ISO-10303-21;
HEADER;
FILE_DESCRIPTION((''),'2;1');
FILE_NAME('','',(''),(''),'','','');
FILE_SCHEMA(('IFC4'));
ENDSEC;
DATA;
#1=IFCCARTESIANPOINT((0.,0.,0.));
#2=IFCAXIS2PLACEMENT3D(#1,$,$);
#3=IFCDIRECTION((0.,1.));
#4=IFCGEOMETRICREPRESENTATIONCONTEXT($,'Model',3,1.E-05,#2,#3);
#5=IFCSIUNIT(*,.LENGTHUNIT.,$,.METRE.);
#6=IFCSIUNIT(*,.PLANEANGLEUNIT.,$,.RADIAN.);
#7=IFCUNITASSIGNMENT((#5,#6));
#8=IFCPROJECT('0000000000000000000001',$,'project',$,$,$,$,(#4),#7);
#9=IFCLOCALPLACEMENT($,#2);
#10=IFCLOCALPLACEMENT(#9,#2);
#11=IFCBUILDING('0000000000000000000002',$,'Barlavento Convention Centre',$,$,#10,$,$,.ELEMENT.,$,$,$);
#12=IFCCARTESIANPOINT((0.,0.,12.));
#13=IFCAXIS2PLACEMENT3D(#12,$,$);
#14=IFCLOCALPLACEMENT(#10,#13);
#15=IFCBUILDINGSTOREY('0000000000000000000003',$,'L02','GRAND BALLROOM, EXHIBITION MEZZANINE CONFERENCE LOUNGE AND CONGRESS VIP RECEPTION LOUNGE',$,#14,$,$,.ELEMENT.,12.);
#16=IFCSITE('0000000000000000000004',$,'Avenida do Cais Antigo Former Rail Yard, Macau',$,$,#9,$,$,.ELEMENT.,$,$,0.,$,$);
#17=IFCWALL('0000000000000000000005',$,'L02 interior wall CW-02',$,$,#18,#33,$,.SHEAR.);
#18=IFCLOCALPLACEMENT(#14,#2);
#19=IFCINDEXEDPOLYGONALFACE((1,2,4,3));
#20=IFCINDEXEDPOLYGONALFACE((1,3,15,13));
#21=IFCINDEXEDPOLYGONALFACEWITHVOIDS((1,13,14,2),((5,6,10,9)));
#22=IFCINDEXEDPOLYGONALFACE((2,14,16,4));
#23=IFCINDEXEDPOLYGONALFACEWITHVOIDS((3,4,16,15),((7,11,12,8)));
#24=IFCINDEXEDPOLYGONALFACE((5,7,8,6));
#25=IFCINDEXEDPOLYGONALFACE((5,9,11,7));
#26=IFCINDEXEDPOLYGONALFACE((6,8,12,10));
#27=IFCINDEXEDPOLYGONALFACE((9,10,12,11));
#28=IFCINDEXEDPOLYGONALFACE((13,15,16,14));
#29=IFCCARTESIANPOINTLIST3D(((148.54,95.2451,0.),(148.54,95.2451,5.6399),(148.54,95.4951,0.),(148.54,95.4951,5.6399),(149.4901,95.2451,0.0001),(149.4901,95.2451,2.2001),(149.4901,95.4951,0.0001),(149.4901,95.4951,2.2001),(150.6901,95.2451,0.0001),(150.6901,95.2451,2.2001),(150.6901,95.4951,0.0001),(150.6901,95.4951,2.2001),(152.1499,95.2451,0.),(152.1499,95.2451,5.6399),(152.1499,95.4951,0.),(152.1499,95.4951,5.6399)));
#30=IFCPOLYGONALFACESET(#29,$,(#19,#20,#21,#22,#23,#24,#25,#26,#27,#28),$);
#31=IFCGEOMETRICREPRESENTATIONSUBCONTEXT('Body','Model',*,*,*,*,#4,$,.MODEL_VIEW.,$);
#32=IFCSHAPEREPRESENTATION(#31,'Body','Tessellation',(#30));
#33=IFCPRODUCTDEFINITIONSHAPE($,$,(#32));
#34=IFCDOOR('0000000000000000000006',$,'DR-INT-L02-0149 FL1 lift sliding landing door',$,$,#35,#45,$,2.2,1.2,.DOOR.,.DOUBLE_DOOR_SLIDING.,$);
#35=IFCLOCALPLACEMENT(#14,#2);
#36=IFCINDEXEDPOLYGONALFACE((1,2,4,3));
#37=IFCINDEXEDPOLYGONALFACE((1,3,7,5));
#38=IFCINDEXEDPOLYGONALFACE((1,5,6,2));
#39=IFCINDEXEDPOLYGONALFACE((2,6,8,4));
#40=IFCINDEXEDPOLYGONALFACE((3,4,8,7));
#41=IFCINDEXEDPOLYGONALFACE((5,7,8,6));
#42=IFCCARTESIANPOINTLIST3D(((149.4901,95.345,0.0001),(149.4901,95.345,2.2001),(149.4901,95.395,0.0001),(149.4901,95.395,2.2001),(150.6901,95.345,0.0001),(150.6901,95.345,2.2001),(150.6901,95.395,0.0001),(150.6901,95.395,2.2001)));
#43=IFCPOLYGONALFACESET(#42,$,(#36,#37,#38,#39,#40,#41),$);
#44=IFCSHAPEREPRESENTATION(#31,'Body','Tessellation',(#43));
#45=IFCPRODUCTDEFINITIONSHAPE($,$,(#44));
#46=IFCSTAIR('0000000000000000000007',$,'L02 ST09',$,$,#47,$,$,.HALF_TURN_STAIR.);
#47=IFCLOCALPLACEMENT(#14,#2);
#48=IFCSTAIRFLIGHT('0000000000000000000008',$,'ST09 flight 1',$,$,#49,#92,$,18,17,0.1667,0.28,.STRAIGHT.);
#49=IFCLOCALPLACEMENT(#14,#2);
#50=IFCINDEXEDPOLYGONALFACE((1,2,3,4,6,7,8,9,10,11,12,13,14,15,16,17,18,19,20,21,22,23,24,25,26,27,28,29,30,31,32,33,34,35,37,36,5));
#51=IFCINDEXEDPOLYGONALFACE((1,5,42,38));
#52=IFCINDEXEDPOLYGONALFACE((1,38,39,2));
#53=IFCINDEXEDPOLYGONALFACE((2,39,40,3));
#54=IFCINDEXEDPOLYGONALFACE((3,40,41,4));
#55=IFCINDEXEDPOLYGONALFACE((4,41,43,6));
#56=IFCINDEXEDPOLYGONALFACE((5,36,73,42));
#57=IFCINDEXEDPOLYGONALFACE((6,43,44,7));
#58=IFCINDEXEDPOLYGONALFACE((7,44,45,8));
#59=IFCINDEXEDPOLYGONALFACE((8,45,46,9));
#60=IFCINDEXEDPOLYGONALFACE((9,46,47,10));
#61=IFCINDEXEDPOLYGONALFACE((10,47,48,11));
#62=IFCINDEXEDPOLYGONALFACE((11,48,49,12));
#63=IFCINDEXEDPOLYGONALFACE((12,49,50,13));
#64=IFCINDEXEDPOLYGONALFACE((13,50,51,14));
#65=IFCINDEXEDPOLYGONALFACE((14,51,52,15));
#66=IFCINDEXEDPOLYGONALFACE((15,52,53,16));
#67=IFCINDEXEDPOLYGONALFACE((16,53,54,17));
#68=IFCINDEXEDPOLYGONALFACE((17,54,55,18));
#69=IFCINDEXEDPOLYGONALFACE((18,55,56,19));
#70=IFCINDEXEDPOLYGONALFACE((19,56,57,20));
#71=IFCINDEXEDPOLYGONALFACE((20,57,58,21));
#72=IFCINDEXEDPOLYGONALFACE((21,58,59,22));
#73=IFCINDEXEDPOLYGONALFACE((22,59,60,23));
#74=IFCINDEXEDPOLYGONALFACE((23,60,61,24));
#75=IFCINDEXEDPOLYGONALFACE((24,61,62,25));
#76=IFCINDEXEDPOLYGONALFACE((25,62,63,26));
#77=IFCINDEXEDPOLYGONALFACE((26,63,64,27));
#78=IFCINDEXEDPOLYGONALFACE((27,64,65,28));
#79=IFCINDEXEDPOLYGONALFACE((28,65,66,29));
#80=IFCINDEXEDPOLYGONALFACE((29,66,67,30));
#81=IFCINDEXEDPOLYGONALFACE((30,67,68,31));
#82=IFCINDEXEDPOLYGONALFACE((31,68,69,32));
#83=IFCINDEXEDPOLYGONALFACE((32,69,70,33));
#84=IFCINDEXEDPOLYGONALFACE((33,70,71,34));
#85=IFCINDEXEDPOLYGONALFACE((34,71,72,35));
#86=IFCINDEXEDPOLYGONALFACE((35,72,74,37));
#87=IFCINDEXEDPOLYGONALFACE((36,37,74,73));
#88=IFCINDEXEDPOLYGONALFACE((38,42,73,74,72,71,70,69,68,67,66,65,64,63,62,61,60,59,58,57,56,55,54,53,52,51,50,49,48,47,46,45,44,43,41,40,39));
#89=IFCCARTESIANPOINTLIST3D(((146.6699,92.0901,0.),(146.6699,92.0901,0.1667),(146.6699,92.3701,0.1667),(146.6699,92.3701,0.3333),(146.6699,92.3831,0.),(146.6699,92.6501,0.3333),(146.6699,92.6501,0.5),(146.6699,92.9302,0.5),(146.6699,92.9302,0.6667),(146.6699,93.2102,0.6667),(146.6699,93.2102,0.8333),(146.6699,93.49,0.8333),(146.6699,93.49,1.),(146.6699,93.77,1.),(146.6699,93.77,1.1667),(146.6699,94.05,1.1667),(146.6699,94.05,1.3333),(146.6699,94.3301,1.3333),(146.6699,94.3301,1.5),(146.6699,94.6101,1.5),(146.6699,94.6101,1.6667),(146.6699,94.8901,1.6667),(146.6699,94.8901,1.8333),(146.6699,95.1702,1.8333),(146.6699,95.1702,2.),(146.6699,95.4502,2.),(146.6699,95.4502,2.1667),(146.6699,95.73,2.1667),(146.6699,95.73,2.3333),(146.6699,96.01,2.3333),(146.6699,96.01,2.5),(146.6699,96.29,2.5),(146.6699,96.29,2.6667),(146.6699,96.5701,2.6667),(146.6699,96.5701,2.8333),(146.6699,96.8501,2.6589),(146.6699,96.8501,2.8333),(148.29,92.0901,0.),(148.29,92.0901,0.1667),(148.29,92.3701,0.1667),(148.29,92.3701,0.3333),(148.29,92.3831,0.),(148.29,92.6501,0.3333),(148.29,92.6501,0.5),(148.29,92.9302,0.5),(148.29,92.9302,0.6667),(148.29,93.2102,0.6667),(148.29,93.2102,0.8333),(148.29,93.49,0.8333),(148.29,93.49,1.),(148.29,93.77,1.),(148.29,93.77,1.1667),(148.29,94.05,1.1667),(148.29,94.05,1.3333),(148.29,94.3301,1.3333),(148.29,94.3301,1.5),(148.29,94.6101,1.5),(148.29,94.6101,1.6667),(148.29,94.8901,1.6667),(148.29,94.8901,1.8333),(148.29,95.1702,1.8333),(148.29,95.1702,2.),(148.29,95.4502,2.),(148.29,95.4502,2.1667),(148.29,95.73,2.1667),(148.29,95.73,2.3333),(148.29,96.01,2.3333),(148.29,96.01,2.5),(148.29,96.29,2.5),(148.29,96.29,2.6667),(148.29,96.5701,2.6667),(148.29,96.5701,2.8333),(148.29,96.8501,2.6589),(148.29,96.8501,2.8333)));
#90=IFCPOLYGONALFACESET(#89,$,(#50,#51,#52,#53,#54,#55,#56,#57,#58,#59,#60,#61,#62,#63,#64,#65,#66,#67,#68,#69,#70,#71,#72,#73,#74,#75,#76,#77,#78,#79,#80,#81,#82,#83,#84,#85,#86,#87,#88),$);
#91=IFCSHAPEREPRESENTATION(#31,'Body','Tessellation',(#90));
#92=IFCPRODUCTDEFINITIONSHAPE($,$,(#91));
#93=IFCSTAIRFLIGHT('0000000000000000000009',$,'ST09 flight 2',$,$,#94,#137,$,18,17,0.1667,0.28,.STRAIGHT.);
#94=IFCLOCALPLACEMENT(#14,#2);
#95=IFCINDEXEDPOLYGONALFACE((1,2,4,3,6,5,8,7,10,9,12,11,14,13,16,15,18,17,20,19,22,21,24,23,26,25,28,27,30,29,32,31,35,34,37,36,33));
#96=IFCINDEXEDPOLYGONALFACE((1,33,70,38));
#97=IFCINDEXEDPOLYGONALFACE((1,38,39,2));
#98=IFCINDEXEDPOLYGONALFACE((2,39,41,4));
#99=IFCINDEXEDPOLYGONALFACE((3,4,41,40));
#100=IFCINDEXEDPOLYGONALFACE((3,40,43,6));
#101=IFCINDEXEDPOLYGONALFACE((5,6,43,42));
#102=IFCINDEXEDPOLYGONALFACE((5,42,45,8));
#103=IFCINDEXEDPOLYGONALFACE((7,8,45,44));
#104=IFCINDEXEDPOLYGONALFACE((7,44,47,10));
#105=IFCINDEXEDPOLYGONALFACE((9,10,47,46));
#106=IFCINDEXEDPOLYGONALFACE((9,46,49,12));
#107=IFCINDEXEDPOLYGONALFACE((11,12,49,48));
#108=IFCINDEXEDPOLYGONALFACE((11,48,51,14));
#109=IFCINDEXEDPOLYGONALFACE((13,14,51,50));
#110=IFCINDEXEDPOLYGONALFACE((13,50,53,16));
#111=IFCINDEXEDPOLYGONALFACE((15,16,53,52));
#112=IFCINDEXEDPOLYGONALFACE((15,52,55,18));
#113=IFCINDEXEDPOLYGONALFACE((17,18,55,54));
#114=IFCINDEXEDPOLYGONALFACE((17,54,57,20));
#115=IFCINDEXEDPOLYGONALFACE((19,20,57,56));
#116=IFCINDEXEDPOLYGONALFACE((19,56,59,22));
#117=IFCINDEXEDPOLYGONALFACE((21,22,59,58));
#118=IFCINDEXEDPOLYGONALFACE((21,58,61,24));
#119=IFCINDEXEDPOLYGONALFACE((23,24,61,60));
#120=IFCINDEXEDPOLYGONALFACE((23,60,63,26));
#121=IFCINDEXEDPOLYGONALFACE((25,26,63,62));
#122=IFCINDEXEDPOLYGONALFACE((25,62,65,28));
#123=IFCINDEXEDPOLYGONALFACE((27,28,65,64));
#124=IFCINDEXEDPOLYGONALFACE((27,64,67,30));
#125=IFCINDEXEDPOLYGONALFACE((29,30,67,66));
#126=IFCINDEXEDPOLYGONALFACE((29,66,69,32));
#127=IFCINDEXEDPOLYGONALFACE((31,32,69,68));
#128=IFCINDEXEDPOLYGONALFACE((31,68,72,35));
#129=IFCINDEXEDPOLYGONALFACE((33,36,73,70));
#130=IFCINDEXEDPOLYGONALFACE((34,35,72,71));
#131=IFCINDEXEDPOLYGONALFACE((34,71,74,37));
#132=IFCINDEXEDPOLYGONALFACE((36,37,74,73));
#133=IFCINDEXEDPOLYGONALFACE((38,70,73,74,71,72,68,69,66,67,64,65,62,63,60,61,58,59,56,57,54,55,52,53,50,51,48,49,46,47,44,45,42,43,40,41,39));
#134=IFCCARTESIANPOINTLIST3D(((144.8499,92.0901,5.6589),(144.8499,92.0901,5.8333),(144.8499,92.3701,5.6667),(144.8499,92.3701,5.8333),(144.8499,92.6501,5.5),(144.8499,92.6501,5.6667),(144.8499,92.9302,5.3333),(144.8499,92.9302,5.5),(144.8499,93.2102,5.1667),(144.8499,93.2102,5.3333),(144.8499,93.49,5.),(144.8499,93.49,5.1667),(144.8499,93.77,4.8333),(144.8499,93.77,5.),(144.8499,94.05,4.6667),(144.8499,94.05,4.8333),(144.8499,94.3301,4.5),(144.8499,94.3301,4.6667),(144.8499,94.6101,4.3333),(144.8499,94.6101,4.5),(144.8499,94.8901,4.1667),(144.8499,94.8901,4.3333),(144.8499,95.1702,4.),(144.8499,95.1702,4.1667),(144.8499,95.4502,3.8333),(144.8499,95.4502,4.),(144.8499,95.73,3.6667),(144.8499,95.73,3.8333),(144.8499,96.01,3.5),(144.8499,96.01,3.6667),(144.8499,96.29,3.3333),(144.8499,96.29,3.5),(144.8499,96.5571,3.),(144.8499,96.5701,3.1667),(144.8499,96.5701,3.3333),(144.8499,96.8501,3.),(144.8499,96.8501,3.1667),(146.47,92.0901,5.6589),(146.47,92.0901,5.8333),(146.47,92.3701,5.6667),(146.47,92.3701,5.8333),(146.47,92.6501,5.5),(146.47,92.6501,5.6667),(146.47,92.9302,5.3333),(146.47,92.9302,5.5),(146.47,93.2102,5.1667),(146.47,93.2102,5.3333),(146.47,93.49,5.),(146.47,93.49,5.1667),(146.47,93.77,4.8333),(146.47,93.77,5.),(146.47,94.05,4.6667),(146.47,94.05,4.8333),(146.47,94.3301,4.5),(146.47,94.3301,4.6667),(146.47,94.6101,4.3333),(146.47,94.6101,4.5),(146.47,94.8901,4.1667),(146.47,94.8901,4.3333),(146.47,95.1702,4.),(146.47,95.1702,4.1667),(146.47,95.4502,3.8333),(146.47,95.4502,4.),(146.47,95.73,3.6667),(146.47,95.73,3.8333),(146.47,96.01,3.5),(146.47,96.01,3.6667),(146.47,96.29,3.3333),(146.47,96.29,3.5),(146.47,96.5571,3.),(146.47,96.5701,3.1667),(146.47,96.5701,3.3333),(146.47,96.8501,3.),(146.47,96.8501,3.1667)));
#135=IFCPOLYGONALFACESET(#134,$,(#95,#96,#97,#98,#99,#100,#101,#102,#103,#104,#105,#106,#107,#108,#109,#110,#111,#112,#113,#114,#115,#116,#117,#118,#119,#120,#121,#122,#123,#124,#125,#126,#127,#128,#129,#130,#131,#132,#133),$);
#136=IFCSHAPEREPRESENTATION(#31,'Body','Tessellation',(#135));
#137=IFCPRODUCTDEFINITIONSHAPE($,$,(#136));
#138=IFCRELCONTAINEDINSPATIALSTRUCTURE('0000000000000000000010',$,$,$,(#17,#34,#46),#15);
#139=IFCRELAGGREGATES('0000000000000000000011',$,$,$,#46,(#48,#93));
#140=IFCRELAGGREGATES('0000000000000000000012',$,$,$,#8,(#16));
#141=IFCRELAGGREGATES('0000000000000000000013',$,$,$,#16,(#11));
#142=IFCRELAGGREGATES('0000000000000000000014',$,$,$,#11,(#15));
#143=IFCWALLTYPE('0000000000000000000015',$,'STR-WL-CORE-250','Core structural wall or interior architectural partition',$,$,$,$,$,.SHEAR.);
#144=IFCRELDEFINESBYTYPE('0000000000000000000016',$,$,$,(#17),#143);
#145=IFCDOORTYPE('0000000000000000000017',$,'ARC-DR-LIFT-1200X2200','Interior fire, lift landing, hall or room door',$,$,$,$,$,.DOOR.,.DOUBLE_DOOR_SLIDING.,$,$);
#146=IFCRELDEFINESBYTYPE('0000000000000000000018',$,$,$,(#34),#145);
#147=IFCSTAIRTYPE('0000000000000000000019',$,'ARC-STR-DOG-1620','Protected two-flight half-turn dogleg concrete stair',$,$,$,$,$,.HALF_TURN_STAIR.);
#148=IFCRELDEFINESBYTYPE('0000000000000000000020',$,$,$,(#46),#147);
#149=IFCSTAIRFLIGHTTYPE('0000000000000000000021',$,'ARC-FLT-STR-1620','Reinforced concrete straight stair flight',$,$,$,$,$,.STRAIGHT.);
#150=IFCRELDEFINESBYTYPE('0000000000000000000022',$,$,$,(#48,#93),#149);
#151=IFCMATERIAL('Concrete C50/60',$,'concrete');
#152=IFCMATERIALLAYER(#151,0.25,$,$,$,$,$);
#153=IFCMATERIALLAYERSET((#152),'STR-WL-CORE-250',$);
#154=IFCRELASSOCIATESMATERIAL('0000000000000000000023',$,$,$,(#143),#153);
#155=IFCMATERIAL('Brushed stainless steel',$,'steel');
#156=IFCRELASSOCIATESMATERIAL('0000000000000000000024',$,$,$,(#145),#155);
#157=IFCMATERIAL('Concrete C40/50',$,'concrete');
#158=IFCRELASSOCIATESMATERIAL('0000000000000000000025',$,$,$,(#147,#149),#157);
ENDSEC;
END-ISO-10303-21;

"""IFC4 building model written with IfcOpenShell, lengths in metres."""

from ifc_helpers import new_model, si_unit, direction, frame, frame_2d, origin, place, context, subcontext, project, spatial, polyline, rectangle, outline, extrude, material, layer, layer_set, type_object, element, fill, aggregate, save


model = new_model("IFC4")

# Units and contexts
model_context = context("Model", 3, precision=1e-05, world=origin(), true_north=direction((0.0, 1.0)))
body_context = subcontext(model_context, "Body", "Model", "MODEL_VIEW")
ifc_project = project(units=[si_unit("LENGTHUNIT", "METRE"), si_unit("PLANEANGLEUNIT", "RADIAN")], contexts=[model_context])

# Site, building, storey
site_placement = place(None, origin())
site = spatial("IfcSite", under=ifc_project, at=site_placement, Name="Avenida do Cais Antigo Former Rail Yard, Macau", CompositionType="ELEMENT", RefElevation=0.0)
building_placement = place(site_placement, origin())
building = spatial("IfcBuilding", under=site, at=building_placement, Name="Barlavento Convention Centre", CompositionType="ELEMENT")
storey_placement = place(building_placement, frame((0.0, 0.0, 12.0)))
storey = spatial("IfcBuildingStorey", under=building, at=storey_placement, Name="L02", Description="GRAND BALLROOM, EXHIBITION MEZZANINE CONFERENCE LOUNGE AND CONGRESS VIP RECEPTION LOUNGE", CompositionType="ELEMENT", Elevation=12.0)

# Wall, opening, door
ifc_material_1 = material(Name="Concrete C50/60", Category="concrete")
ifc_layer_1 = layer(ifc_material_1, 0.25)
ifc_layer_set_1 = layer_set([ifc_layer_1], Name="STR-WL-CORE-250")
wall_type = type_object("IfcWallType", Name="STR-WL-CORE-250", Description="Core structural wall or interior architectural partition", PredefinedType="SHEAR", material=ifc_layer_set_1)
wall_1_placement = place(storey_placement, frame((148.54, 95.3701, 0.0), z_axis=(0.0, 0.0, 1.0), x_axis=(1.0, 0.0, 0.0)))
wall_1 = element("IfcWall", 1, at=wall_1_placement, inside=storey, type_object=wall_type, Name="L02 interior wall CW-02", PredefinedType="SHEAR", context=body_context, shape_type="SweptSolid", body=[
    extrude(rectangle(XDim=3.6099, YDim=0.25, at=frame_2d((1.8049, 0.0))), origin(), (0.0, 0.0, 1.0), 5.6399),
])
opening_1_placement = place(wall_1_placement, frame((0.95, 0.0, 0.0)))
opening_1 = element("IfcOpeningElement", 2, at=opening_1_placement, cuts=wall_1, PredefinedType="OPENING", context=body_context, shape_type="SweptSolid", body=[
    extrude(rectangle(XDim=1.2, YDim=2.2, at=frame_2d((0.6001, 1.1001))), frame((0.0, 0.135, 0.0), z_axis=(0.0, -1.0, 0.0), x_axis=(1.0, 0.0, 0.0)), (0.0, 0.0, 1.0), 0.27),
])
ifc_material_2 = material(Name="Brushed stainless steel", Category="steel")
door_type_1 = type_object("IfcDoorType", Name="ARC-DR-LIFT-1200X2200", Description="Interior fire, lift landing, hall or room door", OperationType="DOUBLE_DOOR_SLIDING", PredefinedType="DOOR", material=ifc_material_2)
door_1_placement = place(opening_1_placement, origin())
door_1 = element("IfcDoor", 3, at=door_1_placement, inside=storey, type_object=door_type_1, Name="DR-INT-L02-0149 FL1 lift sliding landing door", OperationType="DOUBLE_DOOR_SLIDING", OverallHeight=2.2, OverallWidth=1.2, PredefinedType="DOOR", context=body_context, shape_type="SweptSolid", body=[
    extrude(rectangle(XDim=1.2, YDim=2.2, at=frame_2d((0.6001, 1.1001))), frame((0.0, 0.0249, 0.0), z_axis=(0.0, -1.0, 0.0), x_axis=(1.0, 0.0, 0.0)), (0.0, 0.0, 1.0), 0.05),
])
fill(opening_1, door_1)

# Stair, stair flights
ifc_material_3 = material(Name="Concrete C40/50", Category="concrete")
stair_type = type_object("IfcStairType", Name="ARC-STR-DOG-1620", Description="Protected two-flight half-turn dogleg concrete stair", PredefinedType="HALF_TURN_STAIR", material=ifc_material_3)
stair_placement = place(storey_placement, origin())
stair = element("IfcStair", 4, at=stair_placement, inside=storey, type_object=stair_type, Name="L02 ST09", PredefinedType="HALF_TURN_STAIR")
stair_flight_type = type_object("IfcStairFlightType", Name="ARC-FLT-STR-1620", Description="Reinforced concrete straight stair flight", PredefinedType="STRAIGHT", material=ifc_material_3)
stair_flight_1_placement = place(storey_placement, frame((147.48, 92.0901, 0.0), z_axis=(0.0, 0.0, 1.0), x_axis=(0.0, 1.0, 0.0)))
stair_flight_1 = element("IfcStairFlight", 5, at=stair_flight_1_placement, type_object=stair_flight_type, Name="ST09 flight 1", NumberOfRisers=18, NumberOfTreads=17, PredefinedType="STRAIGHT", RiserHeight=0.1667, TreadLength=0.28, context=body_context, shape_type="SweptSolid", body=[
    extrude(outline(polyline([(0.0, 0.0), (0.0, 0.1667), (0.28, 0.1667), (0.28, 0.3333), (0.5601, 0.3333), (0.5601, 0.5), (0.8401, 0.5), (0.8401, 0.6667), (1.1201, 0.6667), (1.1201, 0.8333), (1.3999, 0.8333), (1.3999, 1.0), (1.6799, 1.0), (1.6799, 1.1667), (1.96, 1.1667), (1.96, 1.3333), (2.24, 1.3333), (2.24, 1.5), (2.52, 1.5), (2.52, 1.6667), (2.8, 1.6667), (2.8, 1.8333), (3.0801, 1.8333), (3.0801, 2.0), (3.3601, 2.0), (3.3601, 2.1667), (3.6399, 2.1667), (3.6399, 2.3333), (3.9199, 2.3333), (3.9199, 2.5), (4.2, 2.5), (4.2, 2.6667), (4.48, 2.6667), (4.48, 2.8333), (4.76, 2.8333), (4.76, 3.0), (4.76, 2.6589), (0.293, 0.0), (0.0, 0.0)])), frame((0.0, 0.8101, 0.0), z_axis=(0.0, -1.0, 0.0), x_axis=(1.0, 0.0, 0.0)), (0.0, 0.0, 1.0), 1.6201),
])
stair_flight_2_placement = place(storey_placement, frame((145.6599, 96.8501, 3.0), z_axis=(0.0, 0.0, 1.0), x_axis=(0.0, -1.0, 0.0)))
stair_flight_2 = element("IfcStairFlight", 6, at=stair_flight_2_placement, type_object=stair_flight_type, Name="ST09 flight 2", NumberOfRisers=18, NumberOfTreads=17, PredefinedType="STRAIGHT", RiserHeight=0.1667, TreadLength=0.28, context=body_context, shape_type="SweptSolid", body=[
    extrude(outline(polyline([(0.0, 0.0), (0.0, 0.1667), (0.28, 0.1667), (0.28, 0.3333), (0.5601, 0.3333), (0.5601, 0.5), (0.8401, 0.5), (0.8401, 0.6667), (1.1201, 0.6667), (1.1201, 0.8333), (1.3999, 0.8333), (1.3999, 1.0), (1.6799, 1.0), (1.6799, 1.1667), (1.96, 1.1667), (1.96, 1.3333), (2.24, 1.3333), (2.24, 1.5), (2.52, 1.5), (2.52, 1.6667), (2.8, 1.6667), (2.8, 1.8333), (3.0801, 1.8333), (3.0801, 2.0), (3.3601, 2.0), (3.3601, 2.1667), (3.6399, 2.1667), (3.6399, 2.3333), (3.9199, 2.3333), (3.9199, 2.5), (4.2, 2.5), (4.2, 2.6667), (4.48, 2.6667), (4.48, 2.8333), (4.76, 2.8333), (4.76, 3.0), (4.76, 2.6589), (0.293, 0.0), (0.0, 0.0)])), frame((0.0, 0.8101, 0.0), z_axis=(0.0, -1.0, 0.0), x_axis=(1.0, 0.0, 0.0)), (0.0, 0.0, 1.0), 1.6201),
])
aggregate(stair, [stair_flight_1, stair_flight_2])

save(model, "model.ifc")
